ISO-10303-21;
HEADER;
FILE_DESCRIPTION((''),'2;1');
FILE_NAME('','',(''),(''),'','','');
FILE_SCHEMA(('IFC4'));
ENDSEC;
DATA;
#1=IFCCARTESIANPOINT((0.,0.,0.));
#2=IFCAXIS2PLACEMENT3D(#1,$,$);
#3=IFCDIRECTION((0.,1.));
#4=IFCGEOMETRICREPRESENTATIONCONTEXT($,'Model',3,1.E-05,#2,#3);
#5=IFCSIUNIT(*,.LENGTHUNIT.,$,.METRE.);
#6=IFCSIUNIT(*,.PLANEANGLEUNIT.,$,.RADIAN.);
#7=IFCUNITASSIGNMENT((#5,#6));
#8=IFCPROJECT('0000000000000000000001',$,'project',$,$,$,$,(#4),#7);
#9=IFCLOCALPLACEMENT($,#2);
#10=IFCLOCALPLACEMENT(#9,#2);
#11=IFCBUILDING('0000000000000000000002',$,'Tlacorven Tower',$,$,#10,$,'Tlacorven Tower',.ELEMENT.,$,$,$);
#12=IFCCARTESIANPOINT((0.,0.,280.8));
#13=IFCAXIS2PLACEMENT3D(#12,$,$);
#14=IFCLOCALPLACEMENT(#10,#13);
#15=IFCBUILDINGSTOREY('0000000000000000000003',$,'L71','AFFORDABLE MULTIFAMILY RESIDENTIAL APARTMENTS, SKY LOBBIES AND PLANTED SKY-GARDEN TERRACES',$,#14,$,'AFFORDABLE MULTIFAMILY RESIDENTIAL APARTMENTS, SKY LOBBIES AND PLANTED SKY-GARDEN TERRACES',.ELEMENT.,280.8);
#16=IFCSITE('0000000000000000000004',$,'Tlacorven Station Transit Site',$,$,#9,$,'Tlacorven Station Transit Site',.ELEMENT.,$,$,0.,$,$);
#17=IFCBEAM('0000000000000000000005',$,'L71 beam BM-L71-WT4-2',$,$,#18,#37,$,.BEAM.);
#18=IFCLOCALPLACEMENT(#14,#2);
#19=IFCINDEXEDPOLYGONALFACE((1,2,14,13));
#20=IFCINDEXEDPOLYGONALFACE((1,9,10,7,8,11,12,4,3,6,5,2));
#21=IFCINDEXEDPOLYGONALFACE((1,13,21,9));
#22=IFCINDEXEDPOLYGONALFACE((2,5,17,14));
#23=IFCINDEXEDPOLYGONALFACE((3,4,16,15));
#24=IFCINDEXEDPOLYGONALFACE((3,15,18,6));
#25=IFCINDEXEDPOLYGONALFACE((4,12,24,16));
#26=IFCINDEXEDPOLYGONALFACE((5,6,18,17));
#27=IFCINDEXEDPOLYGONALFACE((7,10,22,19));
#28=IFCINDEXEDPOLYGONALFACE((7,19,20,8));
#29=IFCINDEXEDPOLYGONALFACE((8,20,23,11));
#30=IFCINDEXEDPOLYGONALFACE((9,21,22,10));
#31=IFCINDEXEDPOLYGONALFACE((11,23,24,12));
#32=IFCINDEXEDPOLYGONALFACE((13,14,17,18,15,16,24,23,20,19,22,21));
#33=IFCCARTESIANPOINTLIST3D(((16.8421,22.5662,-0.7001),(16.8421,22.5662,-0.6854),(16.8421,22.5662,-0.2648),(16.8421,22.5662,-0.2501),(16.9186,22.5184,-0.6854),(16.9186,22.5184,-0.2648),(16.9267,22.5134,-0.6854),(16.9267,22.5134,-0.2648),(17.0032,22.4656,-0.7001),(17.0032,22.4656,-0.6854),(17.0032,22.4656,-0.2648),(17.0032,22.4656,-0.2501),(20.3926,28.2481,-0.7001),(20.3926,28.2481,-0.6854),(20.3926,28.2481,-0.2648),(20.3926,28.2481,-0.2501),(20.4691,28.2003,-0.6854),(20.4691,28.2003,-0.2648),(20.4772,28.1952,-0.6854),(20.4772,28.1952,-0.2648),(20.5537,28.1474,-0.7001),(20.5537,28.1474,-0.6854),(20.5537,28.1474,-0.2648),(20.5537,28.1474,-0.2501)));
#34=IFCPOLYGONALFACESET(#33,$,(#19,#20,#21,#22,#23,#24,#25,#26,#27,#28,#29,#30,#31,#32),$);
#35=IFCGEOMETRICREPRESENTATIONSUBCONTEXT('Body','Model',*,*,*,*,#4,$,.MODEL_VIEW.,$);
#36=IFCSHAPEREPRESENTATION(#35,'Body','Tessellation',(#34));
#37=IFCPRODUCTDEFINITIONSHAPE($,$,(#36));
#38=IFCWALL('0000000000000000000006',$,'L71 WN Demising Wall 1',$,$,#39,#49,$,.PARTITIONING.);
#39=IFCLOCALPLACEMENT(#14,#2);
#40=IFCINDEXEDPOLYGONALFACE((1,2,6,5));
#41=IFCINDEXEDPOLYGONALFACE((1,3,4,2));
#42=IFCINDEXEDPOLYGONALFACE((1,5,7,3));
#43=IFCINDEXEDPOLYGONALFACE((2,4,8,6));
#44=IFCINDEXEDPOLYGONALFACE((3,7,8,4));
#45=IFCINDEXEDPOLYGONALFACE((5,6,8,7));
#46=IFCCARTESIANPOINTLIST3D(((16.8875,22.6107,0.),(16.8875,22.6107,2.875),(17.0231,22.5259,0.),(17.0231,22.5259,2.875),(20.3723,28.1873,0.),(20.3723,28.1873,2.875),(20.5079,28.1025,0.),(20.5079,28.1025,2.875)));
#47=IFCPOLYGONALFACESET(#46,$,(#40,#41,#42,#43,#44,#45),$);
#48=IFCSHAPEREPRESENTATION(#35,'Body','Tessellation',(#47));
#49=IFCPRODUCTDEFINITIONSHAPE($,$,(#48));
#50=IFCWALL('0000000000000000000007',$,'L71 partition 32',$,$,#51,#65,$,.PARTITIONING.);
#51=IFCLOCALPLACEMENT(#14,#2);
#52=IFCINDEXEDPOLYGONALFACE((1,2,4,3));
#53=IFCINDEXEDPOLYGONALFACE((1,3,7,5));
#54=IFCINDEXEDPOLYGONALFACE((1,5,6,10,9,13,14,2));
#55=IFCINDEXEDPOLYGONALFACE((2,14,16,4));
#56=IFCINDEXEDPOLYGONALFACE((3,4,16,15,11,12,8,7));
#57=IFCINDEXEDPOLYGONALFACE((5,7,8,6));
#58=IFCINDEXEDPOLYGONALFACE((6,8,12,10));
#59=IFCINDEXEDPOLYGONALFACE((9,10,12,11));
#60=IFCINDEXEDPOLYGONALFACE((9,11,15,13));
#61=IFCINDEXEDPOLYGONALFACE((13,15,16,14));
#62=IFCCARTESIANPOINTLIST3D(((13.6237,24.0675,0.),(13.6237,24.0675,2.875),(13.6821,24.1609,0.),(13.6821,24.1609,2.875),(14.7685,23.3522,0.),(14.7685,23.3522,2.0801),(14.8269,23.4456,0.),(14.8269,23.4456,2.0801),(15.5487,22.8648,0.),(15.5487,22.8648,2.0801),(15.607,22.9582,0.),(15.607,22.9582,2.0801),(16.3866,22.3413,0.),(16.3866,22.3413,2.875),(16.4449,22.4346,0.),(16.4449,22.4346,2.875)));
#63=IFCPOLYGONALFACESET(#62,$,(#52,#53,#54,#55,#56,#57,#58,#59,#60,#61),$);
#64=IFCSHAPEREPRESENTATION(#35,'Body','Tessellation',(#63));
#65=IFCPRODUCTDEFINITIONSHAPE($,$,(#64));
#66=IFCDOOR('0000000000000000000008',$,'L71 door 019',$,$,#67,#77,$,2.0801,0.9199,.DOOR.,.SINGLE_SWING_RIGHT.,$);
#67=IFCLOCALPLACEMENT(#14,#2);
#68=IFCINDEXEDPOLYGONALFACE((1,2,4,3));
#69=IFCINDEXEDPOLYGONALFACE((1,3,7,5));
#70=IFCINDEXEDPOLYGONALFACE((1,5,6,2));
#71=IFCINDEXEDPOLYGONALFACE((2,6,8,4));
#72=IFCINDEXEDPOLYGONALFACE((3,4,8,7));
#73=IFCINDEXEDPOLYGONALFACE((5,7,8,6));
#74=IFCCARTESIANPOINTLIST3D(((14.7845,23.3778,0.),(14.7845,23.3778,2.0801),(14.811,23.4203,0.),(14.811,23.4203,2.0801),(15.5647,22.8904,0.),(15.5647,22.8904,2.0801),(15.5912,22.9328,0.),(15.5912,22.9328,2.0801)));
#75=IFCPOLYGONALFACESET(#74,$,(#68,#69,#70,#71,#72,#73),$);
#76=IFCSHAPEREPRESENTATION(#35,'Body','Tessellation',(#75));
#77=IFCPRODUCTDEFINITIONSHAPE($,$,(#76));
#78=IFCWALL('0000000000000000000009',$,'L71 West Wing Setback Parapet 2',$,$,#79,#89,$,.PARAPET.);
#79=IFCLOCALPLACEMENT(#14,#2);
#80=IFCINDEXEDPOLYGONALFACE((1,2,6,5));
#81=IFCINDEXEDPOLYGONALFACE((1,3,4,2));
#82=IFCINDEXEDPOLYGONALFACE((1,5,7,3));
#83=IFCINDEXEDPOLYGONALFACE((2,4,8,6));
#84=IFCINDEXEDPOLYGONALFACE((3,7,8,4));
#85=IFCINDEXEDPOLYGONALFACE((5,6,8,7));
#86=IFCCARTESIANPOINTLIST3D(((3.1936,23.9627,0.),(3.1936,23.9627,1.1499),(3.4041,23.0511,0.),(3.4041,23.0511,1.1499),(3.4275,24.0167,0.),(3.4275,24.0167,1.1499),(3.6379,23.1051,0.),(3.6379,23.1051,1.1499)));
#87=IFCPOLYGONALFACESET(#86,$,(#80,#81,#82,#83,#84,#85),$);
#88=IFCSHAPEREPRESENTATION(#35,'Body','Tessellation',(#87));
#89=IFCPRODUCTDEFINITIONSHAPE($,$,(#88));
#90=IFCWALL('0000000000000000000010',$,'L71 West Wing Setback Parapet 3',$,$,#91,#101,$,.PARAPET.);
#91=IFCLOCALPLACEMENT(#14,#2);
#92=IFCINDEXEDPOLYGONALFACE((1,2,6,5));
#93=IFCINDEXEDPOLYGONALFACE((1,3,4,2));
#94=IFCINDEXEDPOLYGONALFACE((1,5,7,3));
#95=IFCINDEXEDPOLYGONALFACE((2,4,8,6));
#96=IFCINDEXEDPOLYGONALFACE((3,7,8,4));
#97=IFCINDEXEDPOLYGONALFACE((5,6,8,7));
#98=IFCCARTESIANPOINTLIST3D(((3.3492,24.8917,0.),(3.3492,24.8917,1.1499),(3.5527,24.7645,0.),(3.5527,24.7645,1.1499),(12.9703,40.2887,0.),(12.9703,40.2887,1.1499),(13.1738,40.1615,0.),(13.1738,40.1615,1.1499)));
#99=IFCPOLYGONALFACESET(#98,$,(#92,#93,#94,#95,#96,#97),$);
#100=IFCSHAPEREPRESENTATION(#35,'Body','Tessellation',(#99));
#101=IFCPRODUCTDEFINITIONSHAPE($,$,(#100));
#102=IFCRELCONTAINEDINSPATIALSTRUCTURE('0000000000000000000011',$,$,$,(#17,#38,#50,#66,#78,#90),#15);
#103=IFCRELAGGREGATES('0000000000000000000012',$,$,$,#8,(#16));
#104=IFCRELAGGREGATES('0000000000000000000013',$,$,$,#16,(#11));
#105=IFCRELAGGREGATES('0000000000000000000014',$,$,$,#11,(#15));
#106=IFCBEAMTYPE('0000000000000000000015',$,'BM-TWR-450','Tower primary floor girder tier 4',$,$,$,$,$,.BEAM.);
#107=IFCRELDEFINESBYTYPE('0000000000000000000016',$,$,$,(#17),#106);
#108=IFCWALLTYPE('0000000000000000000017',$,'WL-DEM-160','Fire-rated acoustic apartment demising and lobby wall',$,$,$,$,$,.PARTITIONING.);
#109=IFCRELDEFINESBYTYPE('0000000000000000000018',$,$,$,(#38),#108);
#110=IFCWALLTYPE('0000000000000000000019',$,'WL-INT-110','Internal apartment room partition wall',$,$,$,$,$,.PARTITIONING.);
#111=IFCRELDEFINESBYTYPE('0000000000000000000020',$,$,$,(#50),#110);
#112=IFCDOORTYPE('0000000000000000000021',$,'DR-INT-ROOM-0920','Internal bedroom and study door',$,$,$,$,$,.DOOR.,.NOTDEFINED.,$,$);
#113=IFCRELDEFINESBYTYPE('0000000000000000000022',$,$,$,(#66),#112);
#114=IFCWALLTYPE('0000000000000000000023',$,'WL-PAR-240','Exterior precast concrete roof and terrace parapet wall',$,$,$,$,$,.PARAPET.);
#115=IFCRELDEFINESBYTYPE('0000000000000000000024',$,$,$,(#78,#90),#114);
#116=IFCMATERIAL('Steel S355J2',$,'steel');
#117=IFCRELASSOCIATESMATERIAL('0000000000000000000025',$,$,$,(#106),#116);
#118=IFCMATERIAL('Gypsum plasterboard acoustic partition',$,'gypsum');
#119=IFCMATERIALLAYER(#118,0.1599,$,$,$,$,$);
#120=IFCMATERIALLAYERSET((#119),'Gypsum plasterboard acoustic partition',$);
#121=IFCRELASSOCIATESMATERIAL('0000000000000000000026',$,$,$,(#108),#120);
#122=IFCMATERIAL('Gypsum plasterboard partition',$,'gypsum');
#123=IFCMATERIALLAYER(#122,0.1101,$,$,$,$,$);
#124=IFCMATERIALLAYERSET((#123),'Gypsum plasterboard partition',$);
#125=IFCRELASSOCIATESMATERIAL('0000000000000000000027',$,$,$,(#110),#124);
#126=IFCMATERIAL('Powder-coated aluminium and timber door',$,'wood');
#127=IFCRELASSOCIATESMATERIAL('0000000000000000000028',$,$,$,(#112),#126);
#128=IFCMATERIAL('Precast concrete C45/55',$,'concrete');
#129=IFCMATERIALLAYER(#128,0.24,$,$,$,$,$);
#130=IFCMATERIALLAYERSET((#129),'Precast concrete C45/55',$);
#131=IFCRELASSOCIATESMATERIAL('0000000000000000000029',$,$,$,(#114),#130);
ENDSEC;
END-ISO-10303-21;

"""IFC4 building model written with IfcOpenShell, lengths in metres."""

from ifc_helpers import new_model, si_unit, direction, frame, frame_2d, origin, origin_2d, place, context, subcontext, project, spatial, rectangle, i_section, extrude, source, transform, mapped, material, layer, layer_set, material_profile, profile_set, type_object, element, fill, save


model = new_model("IFC4")

# Units and contexts
model_context = context("Model", 3, precision=1e-05, world=origin(), true_north=direction((0.0, 1.0)))
body_context = subcontext(model_context, "Body", "Model", "MODEL_VIEW")
ifc_project = project(units=[si_unit("LENGTHUNIT", "METRE"), si_unit("PLANEANGLEUNIT", "RADIAN")], contexts=[model_context])

# Site, building, storey
site_placement = place(None, origin())
site = spatial("IfcSite", under=ifc_project, at=site_placement, Name="Tlacorven Station Transit Site", LongName="Tlacorven Station Transit Site", CompositionType="ELEMENT", RefElevation=0.0)
building_placement = place(site_placement, origin())
building = spatial("IfcBuilding", under=site, at=building_placement, Name="Tlacorven Tower", LongName="Tlacorven Tower", CompositionType="ELEMENT")
storey_placement = place(building_placement, frame((0.0, 0.0, 280.8)))
storey = spatial("IfcBuildingStorey", under=building, at=storey_placement, Name="L71", Description="AFFORDABLE MULTIFAMILY RESIDENTIAL APARTMENTS, SKY LOBBIES AND PLANTED SKY-GARDEN TERRACES", LongName="AFFORDABLE MULTIFAMILY RESIDENTIAL APARTMENTS, SKY LOBBIES AND PLANTED SKY-GARDEN TERRACES", CompositionType="ELEMENT", Elevation=280.8)

# Beam
ifc_material_1 = material(Name="Steel S355J2", Category="steel")
ifc_material_profile_1 = material_profile(ifc_material_1, i_section(OverallWidth=0.1899, OverallDepth=0.45, WebThickness=0.0095, FlangeThickness=0.0146, at=origin_2d()), Name="IPE 450")
ifc_profile_set_1 = profile_set([ifc_material_profile_1], Name="Steel S355J2")
beam_type_1 = type_object("IfcBeamType", Name="BM-TWR-450", Description="Tower primary floor girder tier 4", PredefinedType="BEAM", material=ifc_profile_set_1)
shared_shape_1 = source(origin(), body_context, "Body", "SweptSolid", [
    extrude(i_section(OverallWidth=0.1899, OverallDepth=0.45, WebThickness=0.0095, FlangeThickness=0.0146, at=origin_2d()), origin(), (0.0, 0.0, 1.0), 6.7),
])
beam_1_placement = place(storey_placement, frame((20.4731, 28.1978, -0.4751), z_axis=(-0.52993, -0.848041, 0.0), x_axis=(0.848041, -0.52993, 0.0)))
element("IfcBeam", 1, at=beam_1_placement, inside=storey, type_object=beam_type_1, Name="L71 beam BM-L71-WT4-2", PredefinedType="BEAM", context=body_context, shape_type="MappedRepresentation", body=[
    mapped(shared_shape_1, transform((0.0, 0.0, 0.0), scale=1.0)),
])

# Wall
ifc_material_2 = material(Name="Gypsum plasterboard acoustic partition", Category="gypsum")
ifc_layer_1 = layer(ifc_material_2, 0.1599)
ifc_layer_set_1 = layer_set([ifc_layer_1], Name="Gypsum plasterboard acoustic partition")
wall_type_1 = type_object("IfcWallType", Name="WL-DEM-160", Description="Fire-rated acoustic apartment demising and lobby wall", PredefinedType="PARTITIONING", material=ifc_layer_set_1)
wall_1_placement = place(storey_placement, frame((20.4402, 28.145, 0.0), z_axis=(0.0, 0.0, 1.0), x_axis=(-0.529939, -0.848036, 0.0)))
element("IfcWall", 2, at=wall_1_placement, inside=storey, type_object=wall_type_1, Name="L71 WN Demising Wall 1", PredefinedType="PARTITIONING", context=body_context, shape_type="SweptSolid", body=[
    extrude(rectangle(XDim=6.5759, YDim=0.1599, at=frame_2d((3.2881, 0.0))), origin(), (0.0, 0.0, 1.0), 2.875),
])

# Wall, opening, door
ifc_material_3 = material(Name="Gypsum plasterboard partition", Category="gypsum")
ifc_layer_2 = layer(ifc_material_3, 0.1101)
ifc_layer_set_2 = layer_set([ifc_layer_2], Name="Gypsum plasterboard partition")
wall_type_2 = type_object("IfcWallType", Name="WL-INT-110", Description="Internal apartment room partition wall", PredefinedType="PARTITIONING", material=ifc_layer_set_2)
wall_2_placement = place(storey_placement, frame((16.4158, 22.3879, 0.0), z_axis=(0.0, 0.0, 1.0), x_axis=(-0.84807, 0.529884, 0.0)))
wall_2 = element("IfcWall", 3, at=wall_2_placement, inside=storey, type_object=wall_type_2, Name="L71 partition 32", PredefinedType="PARTITIONING", context=body_context, shape_type="SweptSolid", body=[
    extrude(rectangle(XDim=3.2578, YDim=0.1101, at=frame_2d((1.6289, 0.0))), origin(), (0.0, 0.0, 1.0), 2.875),
])
opening_placement = place(wall_2_placement, frame((0.988, 0.0, 0.0)))
opening = element("IfcOpeningElement", 4, at=opening_placement, cuts=wall_2, PredefinedType="OPENING", context=body_context, shape_type="SweptSolid", body=[
    extrude(rectangle(XDim=0.9199, YDim=2.0801, at=frame_2d((0.46, 1.04))), frame((0.0, 0.0649, 0.0), z_axis=(0.0, -1.0, 0.0), x_axis=(1.0, 0.0, 0.0)), (0.0, 0.0, 1.0), 0.1301),
])
ifc_material_4 = material(Name="Powder-coated aluminium and timber door", Category="wood")
door_type = type_object("IfcDoorType", Name="DR-INT-ROOM-0920", Description="Internal bedroom and study door", OperationType="NOTDEFINED", PredefinedType="DOOR", material=ifc_material_4)
shared_shape_2 = source(origin(), body_context, "Body", "SweptSolid", [
    extrude(rectangle(XDim=0.9199, YDim=2.0801, at=frame_2d((0.46, 1.04))), frame((0.0, 0.0249, 0.0), z_axis=(0.0, -1.0, 0.0), x_axis=(1.0, 0.0, 0.0)), (0.0, 0.0, 1.0), 0.05),
])
door_placement = place(opening_placement, origin())
door = element("IfcDoor", 5, at=door_placement, inside=storey, type_object=door_type, Name="L71 door 019", OperationType="SINGLE_SWING_RIGHT", OverallHeight=2.0801, OverallWidth=0.9199, PredefinedType="DOOR", context=body_context, shape_type="MappedRepresentation", body=[
    mapped(shared_shape_2, transform((0.0, 0.0, 0.0), scale=1.0)),
])
fill(opening, door)

# Walls
ifc_material_5 = material(Name="Precast concrete C45/55", Category="concrete")
ifc_layer_3 = layer(ifc_material_5, 0.24)
ifc_layer_set_3 = layer_set([ifc_layer_3], Name="Precast concrete C45/55")
wall_type_3 = type_object("IfcWallType", Name="WL-PAR-240", Description="Exterior precast concrete roof and terrace parapet wall", PredefinedType="PARAPET", material=ifc_layer_set_3)
wall_3_placement = place(storey_placement, frame((3.521, 23.0781, 0.0), z_axis=(0.0, 0.0, 1.0), x_axis=(-0.224936, 0.974374, 0.0)))
element("IfcWall", 6, at=wall_3_placement, inside=storey, type_object=wall_type_3, Name="L71 West Wing Setback Parapet 2", PredefinedType="PARAPET", context=body_context, shape_type="SweptSolid", body=[
    extrude(rectangle(XDim=0.9355, YDim=0.24, at=frame_2d((0.4678, 0.0))), origin(), (0.0, 0.0, 1.0), 1.1499),
])
wall_4_placement = place(storey_placement, frame((3.4509, 24.8281, 0.0), z_axis=(0.0, 0.0, 1.0), x_axis=(0.529919, 0.848048, 0.0)))
element("IfcWall", 7, at=wall_4_placement, inside=storey, type_object=wall_type_3, Name="L71 West Wing Setback Parapet 3", PredefinedType="PARAPET", context=body_context, shape_type="SweptSolid", body=[
    extrude(rectangle(XDim=18.1558, YDim=0.24, at=frame_2d((9.0779, 0.0))), origin(), (0.0, 0.0, 1.0), 1.1499),
])

save(model, "model.ifc")
